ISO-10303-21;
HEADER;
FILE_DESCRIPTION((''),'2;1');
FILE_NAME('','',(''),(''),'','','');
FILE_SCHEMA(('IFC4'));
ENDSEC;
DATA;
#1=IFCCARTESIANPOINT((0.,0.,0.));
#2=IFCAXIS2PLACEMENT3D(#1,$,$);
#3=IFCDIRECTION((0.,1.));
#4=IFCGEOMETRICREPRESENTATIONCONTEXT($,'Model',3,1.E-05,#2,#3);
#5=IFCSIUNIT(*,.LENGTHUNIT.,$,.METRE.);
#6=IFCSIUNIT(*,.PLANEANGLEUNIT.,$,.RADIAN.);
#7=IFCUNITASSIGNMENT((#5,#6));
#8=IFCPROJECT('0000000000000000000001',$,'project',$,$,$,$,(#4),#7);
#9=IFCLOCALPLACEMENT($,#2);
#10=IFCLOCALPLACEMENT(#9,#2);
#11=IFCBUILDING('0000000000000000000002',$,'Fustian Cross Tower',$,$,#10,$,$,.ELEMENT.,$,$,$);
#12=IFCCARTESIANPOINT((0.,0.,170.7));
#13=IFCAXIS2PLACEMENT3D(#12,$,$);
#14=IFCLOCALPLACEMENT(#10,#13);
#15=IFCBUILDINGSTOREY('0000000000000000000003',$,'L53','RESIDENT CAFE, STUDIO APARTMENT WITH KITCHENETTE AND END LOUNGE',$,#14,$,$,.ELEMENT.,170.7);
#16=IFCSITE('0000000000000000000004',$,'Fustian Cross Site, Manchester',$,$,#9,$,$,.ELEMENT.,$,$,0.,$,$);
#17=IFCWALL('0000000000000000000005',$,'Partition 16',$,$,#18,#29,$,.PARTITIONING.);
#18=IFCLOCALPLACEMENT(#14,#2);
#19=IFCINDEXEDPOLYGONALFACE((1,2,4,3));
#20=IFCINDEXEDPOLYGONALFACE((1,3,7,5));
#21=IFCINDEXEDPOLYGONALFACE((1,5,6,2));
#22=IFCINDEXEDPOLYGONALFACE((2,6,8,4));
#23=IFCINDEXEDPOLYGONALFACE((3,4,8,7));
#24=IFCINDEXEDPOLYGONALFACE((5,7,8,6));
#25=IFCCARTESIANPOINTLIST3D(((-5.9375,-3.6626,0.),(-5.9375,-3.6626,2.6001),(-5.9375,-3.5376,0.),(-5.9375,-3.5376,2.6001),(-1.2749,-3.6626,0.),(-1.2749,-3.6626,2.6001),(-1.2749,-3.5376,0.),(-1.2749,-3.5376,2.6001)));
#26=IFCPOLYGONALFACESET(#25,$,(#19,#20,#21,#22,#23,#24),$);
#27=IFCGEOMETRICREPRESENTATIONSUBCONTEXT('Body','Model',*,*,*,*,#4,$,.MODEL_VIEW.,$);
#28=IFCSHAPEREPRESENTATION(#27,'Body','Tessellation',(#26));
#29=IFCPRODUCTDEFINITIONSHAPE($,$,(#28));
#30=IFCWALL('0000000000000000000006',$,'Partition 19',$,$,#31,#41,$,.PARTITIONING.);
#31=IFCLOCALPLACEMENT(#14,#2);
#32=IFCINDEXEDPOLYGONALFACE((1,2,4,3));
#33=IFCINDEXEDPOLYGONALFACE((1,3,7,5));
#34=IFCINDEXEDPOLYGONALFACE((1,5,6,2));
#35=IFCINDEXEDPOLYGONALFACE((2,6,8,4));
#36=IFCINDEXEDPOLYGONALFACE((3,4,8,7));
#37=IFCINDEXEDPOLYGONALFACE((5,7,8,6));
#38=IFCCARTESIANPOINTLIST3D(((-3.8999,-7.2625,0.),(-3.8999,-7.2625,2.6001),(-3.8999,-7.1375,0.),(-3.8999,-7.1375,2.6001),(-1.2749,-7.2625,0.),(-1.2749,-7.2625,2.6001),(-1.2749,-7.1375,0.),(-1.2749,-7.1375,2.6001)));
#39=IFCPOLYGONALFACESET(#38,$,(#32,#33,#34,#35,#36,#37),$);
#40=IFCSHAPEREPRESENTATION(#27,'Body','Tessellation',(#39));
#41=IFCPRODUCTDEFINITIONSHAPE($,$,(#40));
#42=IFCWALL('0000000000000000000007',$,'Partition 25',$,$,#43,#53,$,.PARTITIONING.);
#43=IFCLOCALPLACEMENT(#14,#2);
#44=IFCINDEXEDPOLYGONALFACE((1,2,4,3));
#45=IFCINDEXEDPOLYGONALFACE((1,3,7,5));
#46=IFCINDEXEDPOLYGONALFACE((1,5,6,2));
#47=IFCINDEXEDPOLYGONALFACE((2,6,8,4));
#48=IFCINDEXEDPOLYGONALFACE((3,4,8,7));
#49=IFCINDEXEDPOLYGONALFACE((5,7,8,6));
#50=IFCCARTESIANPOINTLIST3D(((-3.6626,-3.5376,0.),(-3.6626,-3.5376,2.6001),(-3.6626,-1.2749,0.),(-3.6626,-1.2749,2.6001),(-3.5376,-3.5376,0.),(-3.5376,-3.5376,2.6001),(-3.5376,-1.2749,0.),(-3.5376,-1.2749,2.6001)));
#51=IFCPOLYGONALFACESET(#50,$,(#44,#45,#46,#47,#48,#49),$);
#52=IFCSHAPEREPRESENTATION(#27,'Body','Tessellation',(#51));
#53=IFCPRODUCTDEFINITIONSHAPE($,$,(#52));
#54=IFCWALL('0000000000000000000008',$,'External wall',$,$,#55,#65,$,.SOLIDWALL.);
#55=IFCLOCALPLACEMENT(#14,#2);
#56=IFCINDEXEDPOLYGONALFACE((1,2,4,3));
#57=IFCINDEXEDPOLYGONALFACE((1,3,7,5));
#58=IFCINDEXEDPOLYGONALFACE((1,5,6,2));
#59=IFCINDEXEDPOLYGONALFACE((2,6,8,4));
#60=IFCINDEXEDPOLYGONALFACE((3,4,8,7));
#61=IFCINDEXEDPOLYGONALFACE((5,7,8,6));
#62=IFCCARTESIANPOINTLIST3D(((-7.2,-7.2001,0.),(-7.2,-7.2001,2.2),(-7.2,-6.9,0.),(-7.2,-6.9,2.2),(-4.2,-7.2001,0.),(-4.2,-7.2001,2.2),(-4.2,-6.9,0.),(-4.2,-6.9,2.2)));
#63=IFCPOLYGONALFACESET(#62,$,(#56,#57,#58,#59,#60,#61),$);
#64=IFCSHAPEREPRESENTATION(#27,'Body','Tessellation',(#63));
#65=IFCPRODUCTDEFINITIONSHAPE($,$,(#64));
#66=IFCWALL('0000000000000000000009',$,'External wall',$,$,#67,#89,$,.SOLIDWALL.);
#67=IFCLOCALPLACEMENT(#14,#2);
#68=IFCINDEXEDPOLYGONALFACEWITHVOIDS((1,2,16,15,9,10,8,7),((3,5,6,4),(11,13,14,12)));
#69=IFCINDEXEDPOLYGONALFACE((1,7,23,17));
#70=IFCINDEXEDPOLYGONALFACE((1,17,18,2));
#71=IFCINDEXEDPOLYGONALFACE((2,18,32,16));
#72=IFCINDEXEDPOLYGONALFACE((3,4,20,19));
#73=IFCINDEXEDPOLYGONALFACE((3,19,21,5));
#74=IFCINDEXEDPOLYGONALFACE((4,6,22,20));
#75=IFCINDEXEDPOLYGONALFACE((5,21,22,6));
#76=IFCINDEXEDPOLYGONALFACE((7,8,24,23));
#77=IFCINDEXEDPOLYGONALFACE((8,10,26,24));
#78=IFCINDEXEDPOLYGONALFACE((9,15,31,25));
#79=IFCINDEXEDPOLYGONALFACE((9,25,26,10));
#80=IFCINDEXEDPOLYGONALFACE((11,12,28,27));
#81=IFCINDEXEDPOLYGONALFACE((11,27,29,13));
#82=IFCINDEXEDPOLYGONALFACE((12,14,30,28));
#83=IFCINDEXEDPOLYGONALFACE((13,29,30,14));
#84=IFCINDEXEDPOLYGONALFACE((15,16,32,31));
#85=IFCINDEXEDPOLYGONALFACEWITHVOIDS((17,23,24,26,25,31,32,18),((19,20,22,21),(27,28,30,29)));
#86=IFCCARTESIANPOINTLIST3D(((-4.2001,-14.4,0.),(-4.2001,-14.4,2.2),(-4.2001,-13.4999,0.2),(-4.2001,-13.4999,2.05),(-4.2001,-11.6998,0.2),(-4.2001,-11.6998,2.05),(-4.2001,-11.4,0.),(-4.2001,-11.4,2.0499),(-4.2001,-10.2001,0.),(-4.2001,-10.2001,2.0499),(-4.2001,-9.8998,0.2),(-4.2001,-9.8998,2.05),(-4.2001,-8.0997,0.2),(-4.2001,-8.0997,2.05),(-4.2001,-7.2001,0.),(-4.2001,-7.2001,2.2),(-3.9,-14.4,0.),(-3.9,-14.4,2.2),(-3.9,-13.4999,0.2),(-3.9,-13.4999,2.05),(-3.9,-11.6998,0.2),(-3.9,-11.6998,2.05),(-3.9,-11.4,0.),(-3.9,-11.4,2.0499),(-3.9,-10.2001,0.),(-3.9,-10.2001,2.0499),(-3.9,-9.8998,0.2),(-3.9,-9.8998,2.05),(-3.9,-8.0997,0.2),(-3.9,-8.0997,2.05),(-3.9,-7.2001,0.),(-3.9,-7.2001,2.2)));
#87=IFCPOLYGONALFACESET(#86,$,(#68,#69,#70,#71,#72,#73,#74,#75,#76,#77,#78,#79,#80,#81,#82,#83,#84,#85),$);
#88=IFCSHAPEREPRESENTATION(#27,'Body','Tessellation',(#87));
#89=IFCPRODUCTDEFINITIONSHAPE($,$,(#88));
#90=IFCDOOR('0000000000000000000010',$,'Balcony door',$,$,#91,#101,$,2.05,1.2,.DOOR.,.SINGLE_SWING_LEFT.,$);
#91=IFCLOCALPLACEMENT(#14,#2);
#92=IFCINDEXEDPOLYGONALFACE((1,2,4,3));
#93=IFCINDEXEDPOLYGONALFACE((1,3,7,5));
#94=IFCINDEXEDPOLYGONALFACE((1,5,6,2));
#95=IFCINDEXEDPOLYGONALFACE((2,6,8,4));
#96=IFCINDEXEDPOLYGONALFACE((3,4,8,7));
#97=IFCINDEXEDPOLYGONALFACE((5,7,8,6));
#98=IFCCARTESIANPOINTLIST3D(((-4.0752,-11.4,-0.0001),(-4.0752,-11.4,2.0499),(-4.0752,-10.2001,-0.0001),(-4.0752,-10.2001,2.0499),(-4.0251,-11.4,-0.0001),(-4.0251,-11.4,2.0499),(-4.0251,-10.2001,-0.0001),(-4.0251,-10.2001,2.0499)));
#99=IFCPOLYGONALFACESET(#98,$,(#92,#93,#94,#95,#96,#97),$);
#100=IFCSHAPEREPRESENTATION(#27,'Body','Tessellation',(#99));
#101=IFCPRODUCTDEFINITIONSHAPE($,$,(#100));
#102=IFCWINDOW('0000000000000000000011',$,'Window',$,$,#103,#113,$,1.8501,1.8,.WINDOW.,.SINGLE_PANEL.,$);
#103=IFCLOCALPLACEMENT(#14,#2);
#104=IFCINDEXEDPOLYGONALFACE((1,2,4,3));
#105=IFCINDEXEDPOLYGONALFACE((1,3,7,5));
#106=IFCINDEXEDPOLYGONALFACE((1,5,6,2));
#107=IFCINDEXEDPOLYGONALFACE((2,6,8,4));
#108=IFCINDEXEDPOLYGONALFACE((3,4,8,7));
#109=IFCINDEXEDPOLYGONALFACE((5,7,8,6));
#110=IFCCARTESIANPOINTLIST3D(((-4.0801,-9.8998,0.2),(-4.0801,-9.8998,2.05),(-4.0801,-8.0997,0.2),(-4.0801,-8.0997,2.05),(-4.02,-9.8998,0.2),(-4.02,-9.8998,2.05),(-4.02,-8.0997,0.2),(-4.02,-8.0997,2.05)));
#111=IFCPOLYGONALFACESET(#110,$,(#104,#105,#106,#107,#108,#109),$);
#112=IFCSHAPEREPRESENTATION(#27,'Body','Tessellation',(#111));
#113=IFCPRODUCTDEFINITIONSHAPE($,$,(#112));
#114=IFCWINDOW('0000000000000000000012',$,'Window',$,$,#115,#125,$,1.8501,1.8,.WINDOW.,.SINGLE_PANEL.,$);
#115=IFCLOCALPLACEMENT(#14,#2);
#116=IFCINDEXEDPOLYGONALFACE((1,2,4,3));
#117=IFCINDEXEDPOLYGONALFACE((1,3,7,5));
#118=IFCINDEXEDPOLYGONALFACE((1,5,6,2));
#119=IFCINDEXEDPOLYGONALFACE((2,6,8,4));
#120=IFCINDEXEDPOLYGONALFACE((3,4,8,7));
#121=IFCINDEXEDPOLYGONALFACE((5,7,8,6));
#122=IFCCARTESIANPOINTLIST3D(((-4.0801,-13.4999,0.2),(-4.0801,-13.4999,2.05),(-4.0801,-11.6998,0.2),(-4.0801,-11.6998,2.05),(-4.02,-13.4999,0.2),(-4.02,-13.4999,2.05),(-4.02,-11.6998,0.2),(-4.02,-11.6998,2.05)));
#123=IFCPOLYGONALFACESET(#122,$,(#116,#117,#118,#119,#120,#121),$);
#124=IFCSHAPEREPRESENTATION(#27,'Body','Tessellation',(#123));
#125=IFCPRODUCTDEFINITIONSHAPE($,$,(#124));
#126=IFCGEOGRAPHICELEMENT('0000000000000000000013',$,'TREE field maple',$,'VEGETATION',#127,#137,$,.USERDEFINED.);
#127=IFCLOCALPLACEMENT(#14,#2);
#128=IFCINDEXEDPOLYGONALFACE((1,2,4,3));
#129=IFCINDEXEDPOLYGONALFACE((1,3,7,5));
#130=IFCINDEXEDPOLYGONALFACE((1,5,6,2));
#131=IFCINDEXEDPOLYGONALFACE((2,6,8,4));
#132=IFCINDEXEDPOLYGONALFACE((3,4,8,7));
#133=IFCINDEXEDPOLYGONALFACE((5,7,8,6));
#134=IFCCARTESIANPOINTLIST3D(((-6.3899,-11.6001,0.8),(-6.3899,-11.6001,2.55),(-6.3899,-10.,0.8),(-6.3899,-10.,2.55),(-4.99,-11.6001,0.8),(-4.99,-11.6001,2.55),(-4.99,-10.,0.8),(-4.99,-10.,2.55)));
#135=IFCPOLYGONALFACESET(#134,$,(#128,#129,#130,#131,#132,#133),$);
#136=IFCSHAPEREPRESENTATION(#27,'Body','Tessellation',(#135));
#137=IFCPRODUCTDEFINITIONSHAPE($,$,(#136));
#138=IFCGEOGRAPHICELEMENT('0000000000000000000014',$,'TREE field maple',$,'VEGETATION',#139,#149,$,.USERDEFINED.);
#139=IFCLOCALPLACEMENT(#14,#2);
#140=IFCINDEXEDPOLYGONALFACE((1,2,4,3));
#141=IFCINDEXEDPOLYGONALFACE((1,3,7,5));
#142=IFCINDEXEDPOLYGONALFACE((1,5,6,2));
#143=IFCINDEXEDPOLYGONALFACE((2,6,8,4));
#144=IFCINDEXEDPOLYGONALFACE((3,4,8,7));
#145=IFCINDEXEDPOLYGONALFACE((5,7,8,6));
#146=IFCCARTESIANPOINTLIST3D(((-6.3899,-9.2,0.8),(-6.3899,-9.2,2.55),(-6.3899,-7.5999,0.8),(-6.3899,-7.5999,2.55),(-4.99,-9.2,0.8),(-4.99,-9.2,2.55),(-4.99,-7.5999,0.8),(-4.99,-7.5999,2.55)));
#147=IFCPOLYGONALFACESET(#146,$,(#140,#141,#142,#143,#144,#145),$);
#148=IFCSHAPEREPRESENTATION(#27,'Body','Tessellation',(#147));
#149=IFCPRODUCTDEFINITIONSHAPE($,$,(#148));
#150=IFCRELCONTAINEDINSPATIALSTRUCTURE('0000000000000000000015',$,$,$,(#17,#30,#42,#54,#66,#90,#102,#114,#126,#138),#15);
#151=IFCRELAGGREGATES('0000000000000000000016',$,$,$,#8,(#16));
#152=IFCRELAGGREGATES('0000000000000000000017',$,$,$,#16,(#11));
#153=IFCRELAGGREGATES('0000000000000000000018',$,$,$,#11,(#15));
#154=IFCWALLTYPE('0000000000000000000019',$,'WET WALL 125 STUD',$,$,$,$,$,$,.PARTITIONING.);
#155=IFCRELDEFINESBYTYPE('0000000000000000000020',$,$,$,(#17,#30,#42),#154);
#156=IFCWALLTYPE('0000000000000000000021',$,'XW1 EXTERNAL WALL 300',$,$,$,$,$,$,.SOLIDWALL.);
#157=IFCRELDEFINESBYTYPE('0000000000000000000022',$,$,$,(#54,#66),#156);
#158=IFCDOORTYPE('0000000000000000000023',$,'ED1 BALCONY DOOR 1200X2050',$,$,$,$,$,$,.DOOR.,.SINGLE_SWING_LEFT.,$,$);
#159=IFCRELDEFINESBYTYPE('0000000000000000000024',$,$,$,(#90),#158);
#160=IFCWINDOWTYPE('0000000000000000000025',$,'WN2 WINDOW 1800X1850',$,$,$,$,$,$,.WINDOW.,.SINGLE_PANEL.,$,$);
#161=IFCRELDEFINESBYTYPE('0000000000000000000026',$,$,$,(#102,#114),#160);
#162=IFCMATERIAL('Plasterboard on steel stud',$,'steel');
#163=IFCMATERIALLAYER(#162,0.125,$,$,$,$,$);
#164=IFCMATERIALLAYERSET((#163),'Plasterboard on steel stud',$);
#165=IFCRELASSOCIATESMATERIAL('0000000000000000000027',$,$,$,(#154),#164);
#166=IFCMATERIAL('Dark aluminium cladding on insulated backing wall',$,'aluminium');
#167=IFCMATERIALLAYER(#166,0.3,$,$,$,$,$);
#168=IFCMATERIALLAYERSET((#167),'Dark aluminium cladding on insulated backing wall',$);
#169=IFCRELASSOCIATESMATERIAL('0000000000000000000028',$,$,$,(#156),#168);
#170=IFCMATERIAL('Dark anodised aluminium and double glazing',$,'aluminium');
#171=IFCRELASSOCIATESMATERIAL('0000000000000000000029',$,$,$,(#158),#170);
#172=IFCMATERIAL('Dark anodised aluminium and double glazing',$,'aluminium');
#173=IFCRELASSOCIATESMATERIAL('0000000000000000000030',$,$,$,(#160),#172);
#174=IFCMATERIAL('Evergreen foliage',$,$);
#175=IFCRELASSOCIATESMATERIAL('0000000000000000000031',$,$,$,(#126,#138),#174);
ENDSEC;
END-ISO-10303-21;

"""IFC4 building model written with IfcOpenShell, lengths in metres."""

from ifc_helpers import new_model, si_unit, direction, frame, frame_2d, origin, origin_2d, place, context, subcontext, project, spatial, rectangle, extrude, material, layer, layer_set, type_object, element, fill, save


model = new_model("IFC4")

# Units and contexts
model_context = context("Model", 3, precision=1e-05, world=origin(), true_north=direction((0.0, 1.0)))
body_context = subcontext(model_context, "Body", "Model", "MODEL_VIEW")
ifc_project = project(units=[si_unit("LENGTHUNIT", "METRE"), si_unit("PLANEANGLEUNIT", "RADIAN")], contexts=[model_context])

# Site, building, storey
site_placement = place(None, origin())
site = spatial("IfcSite", under=ifc_project, at=site_placement, Name="Fustian Cross Site, Manchester", CompositionType="ELEMENT", RefElevation=0.0)
building_placement = place(site_placement, origin())
building = spatial("IfcBuilding", under=site, at=building_placement, Name="Fustian Cross Tower", CompositionType="ELEMENT")
storey_placement = place(building_placement, frame((0.0, 0.0, 170.7)))
storey = spatial("IfcBuildingStorey", under=building, at=storey_placement, Name="L53", Description="RESIDENT CAFE, STUDIO APARTMENT WITH KITCHENETTE AND END LOUNGE", CompositionType="ELEMENT", Elevation=170.7)

# Walls
ifc_material_1 = material(Name="Plasterboard on steel stud", Category="steel")
ifc_layer_1 = layer(ifc_material_1, 0.125)
ifc_layer_set_1 = layer_set([ifc_layer_1], Name="Plasterboard on steel stud")
wall_type_1 = type_object("IfcWallType", Name="WET WALL 125 STUD", PredefinedType="PARTITIONING", material=ifc_layer_set_1)
wall_1_placement = place(storey_placement, frame((-5.9375, -3.6001, 0.0), z_axis=(0.0, 0.0, 1.0), x_axis=(1.0, 0.0, 0.0)))
element("IfcWall", 1, at=wall_1_placement, inside=storey, type_object=wall_type_1, Name="Partition 16", PredefinedType="PARTITIONING", context=body_context, shape_type="SweptSolid", body=[
    extrude(rectangle(XDim=4.6626, YDim=0.125, at=frame_2d((2.3313, 0.0))), origin(), (0.0, 0.0, 1.0), 2.6001),
])
wall_2_placement = place(storey_placement, frame((-3.8999, -7.2, 0.0), z_axis=(0.0, 0.0, 1.0), x_axis=(1.0, 0.0, 0.0)))
element("IfcWall", 2, at=wall_2_placement, inside=storey, type_object=wall_type_1, Name="Partition 19", PredefinedType="PARTITIONING", context=body_context, shape_type="SweptSolid", body=[
    extrude(rectangle(XDim=2.625, YDim=0.125, at=frame_2d((1.3125, 0.0))), origin(), (0.0, 0.0, 1.0), 2.6001),
])
wall_3_placement = place(storey_placement, frame((-3.6001, -3.5376, 0.0), z_axis=(0.0, 0.0, 1.0), x_axis=(0.0, 1.0, 0.0)))
element("IfcWall", 3, at=wall_3_placement, inside=storey, type_object=wall_type_1, Name="Partition 25", PredefinedType="PARTITIONING", context=body_context, shape_type="SweptSolid", body=[
    extrude(rectangle(XDim=2.2627, YDim=0.125, at=frame_2d((1.1313, 0.0))), origin(), (0.0, 0.0, 1.0), 2.6001),
])
ifc_material_2 = material(Name="Dark aluminium cladding on insulated backing wall", Category="aluminium")
ifc_layer_2 = layer(ifc_material_2, 0.3)
ifc_layer_set_2 = layer_set([ifc_layer_2], Name="Dark aluminium cladding on insulated backing wall")
wall_type_2 = type_object("IfcWallType", Name="XW1 EXTERNAL WALL 300", PredefinedType="SOLIDWALL", material=ifc_layer_set_2)
wall_4_placement = place(storey_placement, frame((-7.2, -7.05, 0.0), z_axis=(0.0, 0.0, 1.0), x_axis=(1.0, 0.0, 0.0)))
element("IfcWall", 4, at=wall_4_placement, inside=storey, type_object=wall_type_2, Name="External wall", PredefinedType="SOLIDWALL", context=body_context, shape_type="SweptSolid", body=[
    extrude(rectangle(XDim=3.0, YDim=0.3, at=frame_2d((1.5, 0.0))), origin(), (0.0, 0.0, 1.0), 2.2),
])

# Wall, openings, door, windows
wall_5_placement = place(storey_placement, frame((-4.05, -7.2, 0.0), z_axis=(0.0, 0.0, 1.0), x_axis=(0.0, -1.0, 0.0)))
wall_5 = element("IfcWall", 5, at=wall_5_placement, inside=storey, type_object=wall_type_2, Name="External wall", PredefinedType="SOLIDWALL", context=body_context, shape_type="SweptSolid", body=[
    extrude(rectangle(XDim=7.2, YDim=0.3, at=frame_2d((3.6001, 0.0))), origin(), (0.0, 0.0, 1.0), 2.2),
])
opening_1_placement = place(wall_5_placement, frame((3.0, 0.0, 0.0)))
opening_1 = element("IfcOpeningElement", 6, at=opening_1_placement, cuts=wall_5, PredefinedType="OPENING", context=body_context, shape_type="SweptSolid", body=[
    extrude(rectangle(XDim=1.2, YDim=2.05, at=frame_2d((0.6001, 1.0249))), frame((0.0, 0.1599, 0.0), z_axis=(0.0, -1.0, 0.0), x_axis=(1.0, 0.0, 0.0)), (0.0, 0.0, 1.0), 0.3201),
])
opening_2_placement = place(wall_5_placement, frame((0.8999, 0.0, 0.2)))
opening_2 = element("IfcOpeningElement", 7, at=opening_2_placement, cuts=wall_5, PredefinedType="OPENING", context=body_context, shape_type="SweptSolid", body=[
    extrude(rectangle(XDim=1.8, YDim=1.8501, at=frame_2d((0.8999, 0.925))), frame((0.0, 0.1599, 0.0), z_axis=(0.0, -1.0, 0.0), x_axis=(1.0, 0.0, 0.0)), (0.0, 0.0, 1.0), 0.3201),
])
opening_3_placement = place(wall_5_placement, frame((4.5, 0.0, 0.2)))
opening_3 = element("IfcOpeningElement", 8, at=opening_3_placement, cuts=wall_5, PredefinedType="OPENING", context=body_context, shape_type="SweptSolid", body=[
    extrude(rectangle(XDim=1.8, YDim=1.8501, at=frame_2d((0.8999, 0.925))), frame((0.0, 0.1599, 0.0), z_axis=(0.0, -1.0, 0.0), x_axis=(1.0, 0.0, 0.0)), (0.0, 0.0, 1.0), 0.3201),
])
ifc_material_3 = material(Name="Dark anodised aluminium and double glazing", Category="aluminium")
door_type_1 = type_object("IfcDoorType", Name="ED1 BALCONY DOOR 1200X2050", OperationType="SINGLE_SWING_LEFT", PredefinedType="DOOR", material=ifc_material_3)
door_1_placement = place(opening_1_placement, origin())
door_1 = element("IfcDoor", 9, at=door_1_placement, inside=storey, type_object=door_type_1, Name="Balcony door", OperationType="SINGLE_SWING_LEFT", OverallHeight=2.05, OverallWidth=1.2, PredefinedType="DOOR", context=body_context, shape_type="SweptSolid", body=[
    extrude(rectangle(XDim=1.2, YDim=2.05, at=frame_2d((0.6001, 1.0249))), frame((0.0, 0.0249, 0.0), z_axis=(0.0, -1.0, 0.0), x_axis=(1.0, 0.0, 0.0)), (0.0, 0.0, 1.0), 0.05),
])
fill(opening_1, door_1)
ifc_material_4 = material(Name="Dark anodised aluminium and double glazing", Category="aluminium")
window_type = type_object("IfcWindowType", Name="WN2 WINDOW 1800X1850", PartitioningType="SINGLE_PANEL", PredefinedType="WINDOW", material=ifc_material_4)
window_1_placement = place(opening_2_placement, origin())
window_1 = element("IfcWindow", 10, at=window_1_placement, inside=storey, type_object=window_type, Name="Window", OverallHeight=1.8501, OverallWidth=1.8, PartitioningType="SINGLE_PANEL", PredefinedType="WINDOW", context=body_context, shape_type="SweptSolid", body=[
    extrude(rectangle(XDim=1.8, YDim=1.8501, at=frame_2d((0.8999, 0.925))), frame((0.0, 0.03, 0.0), z_axis=(0.0, -1.0, 0.0), x_axis=(1.0, 0.0, 0.0)), (0.0, 0.0, 1.0), 0.0601),
])
fill(opening_2, window_1)
window_2_placement = place(opening_3_placement, origin())
window_2 = element("IfcWindow", 11, at=window_2_placement, inside=storey, type_object=window_type, Name="Window", OverallHeight=1.8501, OverallWidth=1.8, PartitioningType="SINGLE_PANEL", PredefinedType="WINDOW", context=body_context, shape_type="SweptSolid", body=[
    extrude(rectangle(XDim=1.8, YDim=1.8501, at=frame_2d((0.8999, 0.925))), frame((0.0, 0.03, 0.0), z_axis=(0.0, -1.0, 0.0), x_axis=(1.0, 0.0, 0.0)), (0.0, 0.0, 1.0), 0.0601),
])
fill(opening_3, window_2)

# Geographic elements
ifc_material_5 = material(Name="Evergreen foliage")
for number, where, z_axis, x_axis, name in (
    (12, (-5.6899, -10.8, 0.8), (0.0, 0.0, 1.0), (1.0, 0.0, 0.0), "TREE field maple"),
    (13, (-5.6899, -8.3999, 0.8), (0.0, 0.0, 1.0), (1.0, 0.0, 0.0), "TREE field maple"),
):
    element("IfcGeographicElement", number, at=place(storey_placement, frame(where, z_axis=z_axis, x_axis=x_axis)), inside=storey, material=ifc_material_5, Name=name, ObjectType="VEGETATION", PredefinedType="USERDEFINED", context=body_context, shape_type="SweptSolid", body=[
        extrude(rectangle(XDim=1.3999, YDim=1.6001, at=origin_2d()), origin(), (0.0, 0.0, 1.0), 1.75),
    ])

save(model, "model.ifc")
